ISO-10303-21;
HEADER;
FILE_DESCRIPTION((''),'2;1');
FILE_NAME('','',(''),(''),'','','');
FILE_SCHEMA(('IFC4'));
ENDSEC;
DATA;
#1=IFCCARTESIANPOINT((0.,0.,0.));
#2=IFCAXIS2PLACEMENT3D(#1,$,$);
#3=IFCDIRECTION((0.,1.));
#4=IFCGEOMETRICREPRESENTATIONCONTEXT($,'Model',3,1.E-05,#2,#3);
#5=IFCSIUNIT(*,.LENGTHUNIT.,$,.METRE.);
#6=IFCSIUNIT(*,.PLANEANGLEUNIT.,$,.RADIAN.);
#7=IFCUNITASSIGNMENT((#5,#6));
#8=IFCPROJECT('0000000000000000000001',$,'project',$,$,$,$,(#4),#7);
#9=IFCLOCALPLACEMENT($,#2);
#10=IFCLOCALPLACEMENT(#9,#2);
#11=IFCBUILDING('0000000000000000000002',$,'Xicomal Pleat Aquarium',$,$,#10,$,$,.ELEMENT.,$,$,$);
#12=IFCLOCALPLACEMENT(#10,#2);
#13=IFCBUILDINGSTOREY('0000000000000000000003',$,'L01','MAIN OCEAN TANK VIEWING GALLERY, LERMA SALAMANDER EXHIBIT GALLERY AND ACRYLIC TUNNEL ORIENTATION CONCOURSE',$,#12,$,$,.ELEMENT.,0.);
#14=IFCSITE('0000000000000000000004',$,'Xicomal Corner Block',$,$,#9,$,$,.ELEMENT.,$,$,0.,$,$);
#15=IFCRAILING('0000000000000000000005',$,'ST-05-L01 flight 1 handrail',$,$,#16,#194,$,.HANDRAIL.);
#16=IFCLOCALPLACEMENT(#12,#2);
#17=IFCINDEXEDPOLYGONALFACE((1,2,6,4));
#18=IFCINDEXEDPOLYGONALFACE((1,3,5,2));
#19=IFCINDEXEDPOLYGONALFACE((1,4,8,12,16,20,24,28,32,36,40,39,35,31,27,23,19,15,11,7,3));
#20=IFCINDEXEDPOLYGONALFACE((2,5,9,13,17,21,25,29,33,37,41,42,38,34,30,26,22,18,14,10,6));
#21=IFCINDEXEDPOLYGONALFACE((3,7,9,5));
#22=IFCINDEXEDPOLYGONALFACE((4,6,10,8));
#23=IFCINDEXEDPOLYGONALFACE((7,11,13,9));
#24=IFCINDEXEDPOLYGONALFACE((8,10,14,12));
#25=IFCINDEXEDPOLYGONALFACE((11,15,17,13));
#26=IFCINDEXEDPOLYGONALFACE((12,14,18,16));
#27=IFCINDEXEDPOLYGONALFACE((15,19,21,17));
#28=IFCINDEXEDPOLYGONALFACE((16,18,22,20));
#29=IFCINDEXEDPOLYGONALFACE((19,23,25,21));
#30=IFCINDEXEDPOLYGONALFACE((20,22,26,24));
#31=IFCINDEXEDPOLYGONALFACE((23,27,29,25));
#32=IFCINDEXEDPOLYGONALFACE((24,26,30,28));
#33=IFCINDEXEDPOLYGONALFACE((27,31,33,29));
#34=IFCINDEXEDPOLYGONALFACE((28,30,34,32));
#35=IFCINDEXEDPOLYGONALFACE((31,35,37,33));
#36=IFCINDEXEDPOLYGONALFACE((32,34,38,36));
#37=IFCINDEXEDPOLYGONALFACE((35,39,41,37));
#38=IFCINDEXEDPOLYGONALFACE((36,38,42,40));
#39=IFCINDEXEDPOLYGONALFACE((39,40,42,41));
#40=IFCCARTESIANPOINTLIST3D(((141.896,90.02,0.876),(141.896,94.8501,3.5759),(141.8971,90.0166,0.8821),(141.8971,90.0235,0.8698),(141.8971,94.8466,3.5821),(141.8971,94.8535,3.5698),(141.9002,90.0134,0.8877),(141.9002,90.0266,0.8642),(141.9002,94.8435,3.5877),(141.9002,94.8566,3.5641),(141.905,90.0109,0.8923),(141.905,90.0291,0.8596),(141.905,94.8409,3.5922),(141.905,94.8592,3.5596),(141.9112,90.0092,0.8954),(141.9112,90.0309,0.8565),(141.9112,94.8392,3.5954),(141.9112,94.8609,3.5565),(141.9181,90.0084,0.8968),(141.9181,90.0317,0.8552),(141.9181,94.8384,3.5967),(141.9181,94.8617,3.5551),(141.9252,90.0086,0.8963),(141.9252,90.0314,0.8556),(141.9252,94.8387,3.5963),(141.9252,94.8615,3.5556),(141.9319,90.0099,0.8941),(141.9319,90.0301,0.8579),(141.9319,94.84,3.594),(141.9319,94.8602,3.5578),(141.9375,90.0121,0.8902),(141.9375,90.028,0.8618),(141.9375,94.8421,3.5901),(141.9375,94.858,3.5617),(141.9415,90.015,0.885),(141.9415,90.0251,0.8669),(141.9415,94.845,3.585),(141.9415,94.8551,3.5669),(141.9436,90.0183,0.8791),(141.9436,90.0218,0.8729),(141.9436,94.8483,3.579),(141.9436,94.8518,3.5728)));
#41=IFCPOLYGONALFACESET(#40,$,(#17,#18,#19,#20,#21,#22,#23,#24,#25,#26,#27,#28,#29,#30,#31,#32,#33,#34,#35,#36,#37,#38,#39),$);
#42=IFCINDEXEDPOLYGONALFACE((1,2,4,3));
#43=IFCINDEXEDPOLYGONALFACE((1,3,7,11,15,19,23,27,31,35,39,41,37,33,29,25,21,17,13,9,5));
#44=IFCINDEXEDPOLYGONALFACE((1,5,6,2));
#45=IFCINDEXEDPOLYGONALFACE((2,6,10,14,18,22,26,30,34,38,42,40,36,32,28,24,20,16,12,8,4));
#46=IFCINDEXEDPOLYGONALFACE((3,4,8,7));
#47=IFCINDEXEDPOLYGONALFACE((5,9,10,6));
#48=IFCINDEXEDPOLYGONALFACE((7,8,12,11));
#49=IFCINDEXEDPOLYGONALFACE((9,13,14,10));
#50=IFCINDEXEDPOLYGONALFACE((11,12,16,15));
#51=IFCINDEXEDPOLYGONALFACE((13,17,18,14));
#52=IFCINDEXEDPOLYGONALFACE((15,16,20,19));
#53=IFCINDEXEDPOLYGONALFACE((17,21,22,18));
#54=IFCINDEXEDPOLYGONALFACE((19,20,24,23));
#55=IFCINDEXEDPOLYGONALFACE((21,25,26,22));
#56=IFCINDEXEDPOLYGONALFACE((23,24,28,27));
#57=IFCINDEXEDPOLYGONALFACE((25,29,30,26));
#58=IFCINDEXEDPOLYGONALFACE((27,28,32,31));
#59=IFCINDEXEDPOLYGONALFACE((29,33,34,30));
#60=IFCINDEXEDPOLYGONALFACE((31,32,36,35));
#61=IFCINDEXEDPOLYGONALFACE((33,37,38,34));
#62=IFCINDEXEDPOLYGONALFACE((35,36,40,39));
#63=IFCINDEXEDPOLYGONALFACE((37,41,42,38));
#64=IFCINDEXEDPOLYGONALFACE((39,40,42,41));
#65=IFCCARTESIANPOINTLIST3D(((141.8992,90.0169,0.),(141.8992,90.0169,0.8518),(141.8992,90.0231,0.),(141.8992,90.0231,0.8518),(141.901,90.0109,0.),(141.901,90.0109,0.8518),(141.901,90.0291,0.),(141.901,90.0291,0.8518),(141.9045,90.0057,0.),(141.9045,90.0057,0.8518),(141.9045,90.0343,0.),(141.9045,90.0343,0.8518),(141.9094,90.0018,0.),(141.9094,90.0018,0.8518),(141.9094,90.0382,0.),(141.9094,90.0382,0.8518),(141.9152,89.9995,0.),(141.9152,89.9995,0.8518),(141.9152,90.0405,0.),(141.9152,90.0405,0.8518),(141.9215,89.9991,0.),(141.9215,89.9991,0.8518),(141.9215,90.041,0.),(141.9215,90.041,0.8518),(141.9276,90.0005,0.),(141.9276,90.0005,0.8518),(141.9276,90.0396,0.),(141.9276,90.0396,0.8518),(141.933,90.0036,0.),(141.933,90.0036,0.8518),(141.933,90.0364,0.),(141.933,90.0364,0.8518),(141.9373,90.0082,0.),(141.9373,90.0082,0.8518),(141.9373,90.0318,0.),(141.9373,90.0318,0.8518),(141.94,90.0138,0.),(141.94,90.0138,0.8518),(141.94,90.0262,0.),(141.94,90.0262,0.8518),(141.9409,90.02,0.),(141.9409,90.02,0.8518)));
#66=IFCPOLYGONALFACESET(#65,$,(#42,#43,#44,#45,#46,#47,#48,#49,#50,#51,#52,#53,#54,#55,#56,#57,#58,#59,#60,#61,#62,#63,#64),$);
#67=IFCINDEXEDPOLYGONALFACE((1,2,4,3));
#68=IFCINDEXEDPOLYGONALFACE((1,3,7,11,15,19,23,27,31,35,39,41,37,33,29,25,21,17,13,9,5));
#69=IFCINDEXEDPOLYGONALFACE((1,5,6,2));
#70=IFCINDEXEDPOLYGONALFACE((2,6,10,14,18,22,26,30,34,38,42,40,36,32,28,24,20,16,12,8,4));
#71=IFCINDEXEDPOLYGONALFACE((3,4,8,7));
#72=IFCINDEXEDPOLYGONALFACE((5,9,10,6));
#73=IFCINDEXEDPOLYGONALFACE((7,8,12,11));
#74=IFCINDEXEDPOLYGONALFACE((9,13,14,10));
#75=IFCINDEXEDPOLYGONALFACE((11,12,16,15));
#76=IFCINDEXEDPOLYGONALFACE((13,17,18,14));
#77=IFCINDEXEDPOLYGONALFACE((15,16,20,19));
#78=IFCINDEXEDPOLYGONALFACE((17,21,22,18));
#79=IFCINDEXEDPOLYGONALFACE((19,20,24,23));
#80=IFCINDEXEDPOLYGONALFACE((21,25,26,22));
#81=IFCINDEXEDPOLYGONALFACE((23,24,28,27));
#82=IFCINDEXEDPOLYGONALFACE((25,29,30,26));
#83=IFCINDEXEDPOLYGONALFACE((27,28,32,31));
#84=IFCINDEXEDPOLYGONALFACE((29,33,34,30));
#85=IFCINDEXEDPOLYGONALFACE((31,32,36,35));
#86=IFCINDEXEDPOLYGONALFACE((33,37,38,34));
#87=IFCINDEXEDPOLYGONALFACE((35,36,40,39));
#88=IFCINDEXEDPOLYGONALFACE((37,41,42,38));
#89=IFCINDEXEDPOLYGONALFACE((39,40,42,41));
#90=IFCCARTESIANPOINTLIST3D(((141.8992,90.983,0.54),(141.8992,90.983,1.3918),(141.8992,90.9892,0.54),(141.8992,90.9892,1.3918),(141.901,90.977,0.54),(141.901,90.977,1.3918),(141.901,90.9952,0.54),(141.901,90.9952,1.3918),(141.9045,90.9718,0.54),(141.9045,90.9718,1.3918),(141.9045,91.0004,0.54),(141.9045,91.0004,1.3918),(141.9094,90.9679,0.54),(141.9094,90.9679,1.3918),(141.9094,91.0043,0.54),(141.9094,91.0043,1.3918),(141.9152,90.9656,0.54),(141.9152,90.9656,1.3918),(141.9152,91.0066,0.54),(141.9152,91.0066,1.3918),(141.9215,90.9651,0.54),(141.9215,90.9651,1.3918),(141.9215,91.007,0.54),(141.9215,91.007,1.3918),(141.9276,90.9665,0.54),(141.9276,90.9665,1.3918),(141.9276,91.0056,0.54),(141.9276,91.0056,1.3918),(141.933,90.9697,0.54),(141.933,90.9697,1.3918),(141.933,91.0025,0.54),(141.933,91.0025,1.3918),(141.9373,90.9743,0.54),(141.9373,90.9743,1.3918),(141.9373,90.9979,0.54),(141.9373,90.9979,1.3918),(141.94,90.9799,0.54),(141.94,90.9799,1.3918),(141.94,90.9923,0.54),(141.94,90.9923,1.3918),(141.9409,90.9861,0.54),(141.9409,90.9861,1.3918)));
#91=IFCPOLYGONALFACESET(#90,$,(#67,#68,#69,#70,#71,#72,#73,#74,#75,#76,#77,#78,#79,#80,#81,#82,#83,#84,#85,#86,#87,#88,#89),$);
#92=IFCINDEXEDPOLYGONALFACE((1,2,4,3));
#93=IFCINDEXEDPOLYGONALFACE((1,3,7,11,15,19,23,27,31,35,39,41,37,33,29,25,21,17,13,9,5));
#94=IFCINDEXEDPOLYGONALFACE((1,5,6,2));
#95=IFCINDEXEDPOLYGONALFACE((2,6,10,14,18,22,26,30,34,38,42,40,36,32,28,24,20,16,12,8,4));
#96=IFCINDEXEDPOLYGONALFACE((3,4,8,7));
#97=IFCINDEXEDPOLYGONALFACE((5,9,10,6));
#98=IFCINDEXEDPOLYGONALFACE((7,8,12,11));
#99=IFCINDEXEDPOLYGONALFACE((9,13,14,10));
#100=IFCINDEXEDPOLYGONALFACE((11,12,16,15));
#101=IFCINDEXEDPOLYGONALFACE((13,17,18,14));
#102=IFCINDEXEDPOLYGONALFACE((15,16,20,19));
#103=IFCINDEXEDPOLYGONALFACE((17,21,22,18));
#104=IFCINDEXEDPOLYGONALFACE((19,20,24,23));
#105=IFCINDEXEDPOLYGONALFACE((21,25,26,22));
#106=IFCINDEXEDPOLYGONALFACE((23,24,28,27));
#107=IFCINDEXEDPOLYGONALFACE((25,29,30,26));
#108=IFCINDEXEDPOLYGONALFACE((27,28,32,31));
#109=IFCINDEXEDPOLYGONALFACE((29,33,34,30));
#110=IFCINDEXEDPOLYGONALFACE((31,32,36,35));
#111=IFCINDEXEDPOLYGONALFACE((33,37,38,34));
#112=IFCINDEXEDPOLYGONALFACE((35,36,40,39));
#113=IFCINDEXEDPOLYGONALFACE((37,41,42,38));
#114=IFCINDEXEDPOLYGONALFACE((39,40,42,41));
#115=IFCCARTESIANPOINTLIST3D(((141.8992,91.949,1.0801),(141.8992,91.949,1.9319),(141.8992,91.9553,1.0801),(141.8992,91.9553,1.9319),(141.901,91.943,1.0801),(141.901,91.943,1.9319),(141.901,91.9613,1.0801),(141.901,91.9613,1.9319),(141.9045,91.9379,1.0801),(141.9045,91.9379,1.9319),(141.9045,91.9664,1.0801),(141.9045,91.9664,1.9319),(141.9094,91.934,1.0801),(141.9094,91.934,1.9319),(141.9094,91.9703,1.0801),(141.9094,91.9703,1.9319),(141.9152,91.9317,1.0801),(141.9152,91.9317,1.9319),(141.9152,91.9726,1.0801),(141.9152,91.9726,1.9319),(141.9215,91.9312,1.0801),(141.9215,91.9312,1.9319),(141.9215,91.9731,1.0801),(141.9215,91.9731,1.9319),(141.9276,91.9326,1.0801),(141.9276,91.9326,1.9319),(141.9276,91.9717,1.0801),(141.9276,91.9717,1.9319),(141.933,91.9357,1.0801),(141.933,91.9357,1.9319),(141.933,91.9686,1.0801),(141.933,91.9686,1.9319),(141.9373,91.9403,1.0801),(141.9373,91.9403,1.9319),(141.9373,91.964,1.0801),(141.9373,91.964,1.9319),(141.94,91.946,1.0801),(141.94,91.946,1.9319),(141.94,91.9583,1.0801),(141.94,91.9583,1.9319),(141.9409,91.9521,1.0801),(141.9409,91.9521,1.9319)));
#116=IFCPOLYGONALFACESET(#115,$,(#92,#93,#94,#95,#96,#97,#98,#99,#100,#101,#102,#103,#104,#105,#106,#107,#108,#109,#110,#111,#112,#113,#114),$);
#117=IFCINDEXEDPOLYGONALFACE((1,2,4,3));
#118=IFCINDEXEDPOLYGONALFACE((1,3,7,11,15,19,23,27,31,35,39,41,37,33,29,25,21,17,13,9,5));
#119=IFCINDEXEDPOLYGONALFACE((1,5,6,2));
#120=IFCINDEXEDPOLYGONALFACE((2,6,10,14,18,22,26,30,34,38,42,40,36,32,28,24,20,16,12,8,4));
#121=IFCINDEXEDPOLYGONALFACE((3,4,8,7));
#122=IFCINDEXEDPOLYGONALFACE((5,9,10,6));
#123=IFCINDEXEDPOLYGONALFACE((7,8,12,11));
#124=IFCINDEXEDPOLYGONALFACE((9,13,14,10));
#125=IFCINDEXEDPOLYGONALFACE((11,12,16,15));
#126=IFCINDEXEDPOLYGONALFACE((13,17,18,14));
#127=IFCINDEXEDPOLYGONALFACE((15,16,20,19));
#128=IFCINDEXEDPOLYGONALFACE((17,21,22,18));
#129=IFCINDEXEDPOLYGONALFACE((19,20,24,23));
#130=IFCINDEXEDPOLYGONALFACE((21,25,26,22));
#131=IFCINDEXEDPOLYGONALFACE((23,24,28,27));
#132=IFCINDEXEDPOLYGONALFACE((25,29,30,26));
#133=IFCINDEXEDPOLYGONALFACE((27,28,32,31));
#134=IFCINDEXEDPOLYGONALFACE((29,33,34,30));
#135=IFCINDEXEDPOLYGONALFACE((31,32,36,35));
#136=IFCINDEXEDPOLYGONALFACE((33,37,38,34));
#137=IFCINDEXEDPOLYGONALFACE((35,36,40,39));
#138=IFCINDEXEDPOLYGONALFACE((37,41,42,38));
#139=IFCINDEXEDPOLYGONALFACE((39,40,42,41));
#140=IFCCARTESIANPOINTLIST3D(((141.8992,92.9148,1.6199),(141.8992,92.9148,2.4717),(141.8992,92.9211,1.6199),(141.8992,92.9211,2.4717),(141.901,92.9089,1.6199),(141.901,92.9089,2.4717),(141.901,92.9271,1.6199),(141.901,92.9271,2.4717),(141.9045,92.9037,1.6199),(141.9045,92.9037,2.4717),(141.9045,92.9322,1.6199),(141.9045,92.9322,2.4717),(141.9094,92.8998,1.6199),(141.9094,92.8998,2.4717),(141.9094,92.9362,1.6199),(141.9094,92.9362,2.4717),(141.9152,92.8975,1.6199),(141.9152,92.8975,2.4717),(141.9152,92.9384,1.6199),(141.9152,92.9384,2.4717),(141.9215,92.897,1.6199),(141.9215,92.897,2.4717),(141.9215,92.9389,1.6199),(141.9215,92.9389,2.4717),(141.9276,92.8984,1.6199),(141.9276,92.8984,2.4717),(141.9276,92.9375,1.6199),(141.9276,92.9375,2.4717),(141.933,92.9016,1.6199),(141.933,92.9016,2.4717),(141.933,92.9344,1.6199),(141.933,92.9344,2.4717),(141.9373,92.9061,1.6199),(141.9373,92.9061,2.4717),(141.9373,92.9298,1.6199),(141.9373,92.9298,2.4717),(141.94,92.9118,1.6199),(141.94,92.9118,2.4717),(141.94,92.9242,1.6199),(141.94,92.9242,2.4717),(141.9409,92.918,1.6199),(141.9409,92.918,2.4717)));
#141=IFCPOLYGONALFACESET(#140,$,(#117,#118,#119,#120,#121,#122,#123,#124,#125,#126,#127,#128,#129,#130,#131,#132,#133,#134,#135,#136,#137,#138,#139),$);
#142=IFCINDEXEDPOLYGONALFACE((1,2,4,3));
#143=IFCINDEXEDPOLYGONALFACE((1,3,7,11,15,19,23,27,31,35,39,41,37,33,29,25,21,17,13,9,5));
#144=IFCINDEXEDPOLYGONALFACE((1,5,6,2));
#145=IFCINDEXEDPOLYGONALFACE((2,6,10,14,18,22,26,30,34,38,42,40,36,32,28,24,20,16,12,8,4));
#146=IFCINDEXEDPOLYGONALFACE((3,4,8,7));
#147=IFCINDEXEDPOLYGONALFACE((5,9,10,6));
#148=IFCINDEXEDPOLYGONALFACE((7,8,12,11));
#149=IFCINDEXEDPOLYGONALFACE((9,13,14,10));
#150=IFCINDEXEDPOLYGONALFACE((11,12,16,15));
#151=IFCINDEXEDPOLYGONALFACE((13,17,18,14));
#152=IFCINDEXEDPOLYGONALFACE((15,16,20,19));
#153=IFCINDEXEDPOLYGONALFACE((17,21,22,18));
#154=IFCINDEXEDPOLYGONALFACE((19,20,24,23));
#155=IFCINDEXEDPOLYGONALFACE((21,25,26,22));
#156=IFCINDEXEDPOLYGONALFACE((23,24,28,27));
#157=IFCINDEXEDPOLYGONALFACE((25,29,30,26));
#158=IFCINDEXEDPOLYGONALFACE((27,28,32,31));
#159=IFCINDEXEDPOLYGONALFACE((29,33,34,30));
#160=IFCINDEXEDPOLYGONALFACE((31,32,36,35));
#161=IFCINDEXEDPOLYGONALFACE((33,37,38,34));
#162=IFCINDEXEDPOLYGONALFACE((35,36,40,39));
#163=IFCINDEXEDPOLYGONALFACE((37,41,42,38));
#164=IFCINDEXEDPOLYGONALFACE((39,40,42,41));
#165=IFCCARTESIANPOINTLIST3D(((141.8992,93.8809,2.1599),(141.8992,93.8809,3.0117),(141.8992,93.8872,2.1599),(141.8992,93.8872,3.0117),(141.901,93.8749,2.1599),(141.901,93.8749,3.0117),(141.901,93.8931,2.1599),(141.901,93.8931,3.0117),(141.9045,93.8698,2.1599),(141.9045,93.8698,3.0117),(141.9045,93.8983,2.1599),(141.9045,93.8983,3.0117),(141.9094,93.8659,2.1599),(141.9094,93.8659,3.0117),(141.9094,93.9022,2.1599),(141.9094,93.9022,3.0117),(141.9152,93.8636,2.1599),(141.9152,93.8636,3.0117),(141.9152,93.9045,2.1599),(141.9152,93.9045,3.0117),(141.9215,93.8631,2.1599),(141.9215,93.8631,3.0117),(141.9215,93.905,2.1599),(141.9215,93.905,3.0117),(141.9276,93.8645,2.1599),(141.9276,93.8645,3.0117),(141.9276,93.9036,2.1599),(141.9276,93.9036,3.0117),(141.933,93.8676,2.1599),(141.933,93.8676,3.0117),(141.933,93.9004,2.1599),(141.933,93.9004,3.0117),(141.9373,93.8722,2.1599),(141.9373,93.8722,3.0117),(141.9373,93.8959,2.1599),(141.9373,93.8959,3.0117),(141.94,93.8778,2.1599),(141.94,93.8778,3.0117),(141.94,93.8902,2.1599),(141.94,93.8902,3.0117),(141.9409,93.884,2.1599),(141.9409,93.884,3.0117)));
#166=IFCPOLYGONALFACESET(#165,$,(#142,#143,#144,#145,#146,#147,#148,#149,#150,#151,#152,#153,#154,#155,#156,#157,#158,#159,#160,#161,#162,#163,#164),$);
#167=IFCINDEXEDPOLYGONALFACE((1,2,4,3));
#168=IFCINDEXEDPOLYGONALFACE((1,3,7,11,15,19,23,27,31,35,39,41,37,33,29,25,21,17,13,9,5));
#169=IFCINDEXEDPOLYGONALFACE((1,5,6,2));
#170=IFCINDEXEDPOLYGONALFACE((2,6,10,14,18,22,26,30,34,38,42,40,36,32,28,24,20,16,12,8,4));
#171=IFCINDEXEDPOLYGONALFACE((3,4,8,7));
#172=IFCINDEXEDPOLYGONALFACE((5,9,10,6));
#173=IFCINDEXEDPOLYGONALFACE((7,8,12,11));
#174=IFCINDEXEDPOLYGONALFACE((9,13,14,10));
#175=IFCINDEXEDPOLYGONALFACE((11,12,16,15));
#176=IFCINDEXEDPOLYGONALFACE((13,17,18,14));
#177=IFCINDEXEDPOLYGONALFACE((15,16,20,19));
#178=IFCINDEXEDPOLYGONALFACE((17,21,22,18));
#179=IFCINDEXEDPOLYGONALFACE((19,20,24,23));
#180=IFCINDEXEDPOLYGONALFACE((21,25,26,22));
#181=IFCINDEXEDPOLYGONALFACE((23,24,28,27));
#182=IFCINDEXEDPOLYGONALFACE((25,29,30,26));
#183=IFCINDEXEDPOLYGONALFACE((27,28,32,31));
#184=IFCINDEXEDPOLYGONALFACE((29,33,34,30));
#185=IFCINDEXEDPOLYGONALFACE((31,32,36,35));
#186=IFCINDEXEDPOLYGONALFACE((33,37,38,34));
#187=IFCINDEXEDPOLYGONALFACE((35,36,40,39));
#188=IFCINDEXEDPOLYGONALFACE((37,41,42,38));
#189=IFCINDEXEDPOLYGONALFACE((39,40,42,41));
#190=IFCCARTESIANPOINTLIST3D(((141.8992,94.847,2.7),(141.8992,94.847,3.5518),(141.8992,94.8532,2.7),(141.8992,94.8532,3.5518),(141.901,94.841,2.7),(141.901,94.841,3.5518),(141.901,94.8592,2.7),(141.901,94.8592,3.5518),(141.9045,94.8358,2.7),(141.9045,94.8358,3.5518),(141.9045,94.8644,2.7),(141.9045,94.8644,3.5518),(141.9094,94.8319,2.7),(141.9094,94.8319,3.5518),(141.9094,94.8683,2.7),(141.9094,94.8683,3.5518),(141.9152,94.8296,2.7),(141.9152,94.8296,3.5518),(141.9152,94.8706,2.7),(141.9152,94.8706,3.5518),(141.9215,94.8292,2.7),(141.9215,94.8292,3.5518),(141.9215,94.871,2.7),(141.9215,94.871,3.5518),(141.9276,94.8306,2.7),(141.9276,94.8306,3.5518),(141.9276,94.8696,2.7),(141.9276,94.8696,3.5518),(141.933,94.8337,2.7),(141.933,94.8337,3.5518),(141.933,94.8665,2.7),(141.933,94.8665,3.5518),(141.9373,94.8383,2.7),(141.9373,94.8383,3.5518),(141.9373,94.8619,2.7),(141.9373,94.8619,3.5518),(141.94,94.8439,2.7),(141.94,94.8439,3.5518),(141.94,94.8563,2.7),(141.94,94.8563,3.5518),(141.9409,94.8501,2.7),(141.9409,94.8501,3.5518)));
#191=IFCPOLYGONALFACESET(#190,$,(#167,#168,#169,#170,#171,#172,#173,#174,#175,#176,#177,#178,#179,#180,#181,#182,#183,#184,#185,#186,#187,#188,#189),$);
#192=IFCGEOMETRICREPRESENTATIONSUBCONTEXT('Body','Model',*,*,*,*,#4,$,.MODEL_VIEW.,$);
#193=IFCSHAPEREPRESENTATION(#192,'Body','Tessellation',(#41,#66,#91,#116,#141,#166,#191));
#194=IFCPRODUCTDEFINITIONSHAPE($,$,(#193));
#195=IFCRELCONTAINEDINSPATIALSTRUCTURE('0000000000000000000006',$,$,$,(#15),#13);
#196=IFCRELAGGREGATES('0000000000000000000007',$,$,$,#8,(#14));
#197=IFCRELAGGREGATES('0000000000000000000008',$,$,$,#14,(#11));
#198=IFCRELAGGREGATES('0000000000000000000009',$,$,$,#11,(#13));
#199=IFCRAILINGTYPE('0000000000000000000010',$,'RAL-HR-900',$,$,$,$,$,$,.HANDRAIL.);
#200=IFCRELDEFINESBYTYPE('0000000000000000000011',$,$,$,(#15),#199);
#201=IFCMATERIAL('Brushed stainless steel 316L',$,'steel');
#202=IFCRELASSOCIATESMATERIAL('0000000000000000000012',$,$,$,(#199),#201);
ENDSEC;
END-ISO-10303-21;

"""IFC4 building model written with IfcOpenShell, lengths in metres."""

from ifc_helpers import new_model, si_unit, direction, frame, origin, origin_2d, place, context, subcontext, project, spatial, circle, extrude, material, type_object, element, save


model = new_model("IFC4")

# Units and contexts
model_context = context("Model", 3, precision=1e-05, world=origin(), true_north=direction((0.0, 1.0)))
body_context = subcontext(model_context, "Body", "Model", "MODEL_VIEW")
ifc_project = project(units=[si_unit("LENGTHUNIT", "METRE"), si_unit("PLANEANGLEUNIT", "RADIAN")], contexts=[model_context])

# Site, building, storey
site_placement = place(None, origin())
site = spatial("IfcSite", under=ifc_project, at=site_placement, Name="Xicomal Corner Block", CompositionType="ELEMENT", RefElevation=0.0)
building_placement = place(site_placement, origin())
building = spatial("IfcBuilding", under=site, at=building_placement, Name="Xicomal Pleat Aquarium", CompositionType="ELEMENT")
storey_placement = place(building_placement, origin())
storey = spatial("IfcBuildingStorey", under=building, at=storey_placement, Name="L01", Description="MAIN OCEAN TANK VIEWING GALLERY, LERMA SALAMANDER EXHIBIT GALLERY AND ACRYLIC TUNNEL ORIENTATION CONCOURSE", CompositionType="ELEMENT", Elevation=0.0)

# Railing
ifc_material_1 = material(Name="Brushed stainless steel 316L", Category="steel")
railing_type_1 = type_object("IfcRailingType", Name="RAL-HR-900", PredefinedType="HANDRAIL", material=ifc_material_1)
railing_1_placement = place(storey_placement, frame((141.9199, 90.02, 0.0)))
element("IfcRailing", 1, at=railing_1_placement, inside=storey, type_object=railing_type_1, Name="ST-05-L01 flight 1 handrail", PredefinedType="HANDRAIL", context=body_context, shape_type="SweptSolid", body=[
    extrude(circle(Radius=0.0239, at=origin_2d()), frame((0.0, 0.0, 0.876), z_axis=(0.0, 0.872883, 0.48793), x_axis=(-1.0, 0.0, 0.0)), (0.0, 0.0, 1.0), 5.5334),
    extrude(circle(Radius=0.021, at=origin_2d()), origin(), (0.0, 0.0, 1.0), 0.8518),
    extrude(circle(Radius=0.021, at=origin_2d()), frame((0.0, 0.9661, 0.54)), (0.0, 0.0, 1.0), 0.8518),
    extrude(circle(Radius=0.021, at=origin_2d()), frame((0.0, 1.9321, 1.0801)), (0.0, 0.0, 1.0), 0.8518),
    extrude(circle(Radius=0.021, at=origin_2d()), frame((0.0, 2.8979, 1.6199)), (0.0, 0.0, 1.0), 0.8518),
    extrude(circle(Radius=0.021, at=origin_2d()), frame((0.0, 3.864, 2.1599)), (0.0, 0.0, 1.0), 0.8518),
    extrude(circle(Radius=0.021, at=origin_2d()), frame((0.0, 4.8301, 2.7)), (0.0, 0.0, 1.0), 0.8518),
])

save(model, "model.ifc")
